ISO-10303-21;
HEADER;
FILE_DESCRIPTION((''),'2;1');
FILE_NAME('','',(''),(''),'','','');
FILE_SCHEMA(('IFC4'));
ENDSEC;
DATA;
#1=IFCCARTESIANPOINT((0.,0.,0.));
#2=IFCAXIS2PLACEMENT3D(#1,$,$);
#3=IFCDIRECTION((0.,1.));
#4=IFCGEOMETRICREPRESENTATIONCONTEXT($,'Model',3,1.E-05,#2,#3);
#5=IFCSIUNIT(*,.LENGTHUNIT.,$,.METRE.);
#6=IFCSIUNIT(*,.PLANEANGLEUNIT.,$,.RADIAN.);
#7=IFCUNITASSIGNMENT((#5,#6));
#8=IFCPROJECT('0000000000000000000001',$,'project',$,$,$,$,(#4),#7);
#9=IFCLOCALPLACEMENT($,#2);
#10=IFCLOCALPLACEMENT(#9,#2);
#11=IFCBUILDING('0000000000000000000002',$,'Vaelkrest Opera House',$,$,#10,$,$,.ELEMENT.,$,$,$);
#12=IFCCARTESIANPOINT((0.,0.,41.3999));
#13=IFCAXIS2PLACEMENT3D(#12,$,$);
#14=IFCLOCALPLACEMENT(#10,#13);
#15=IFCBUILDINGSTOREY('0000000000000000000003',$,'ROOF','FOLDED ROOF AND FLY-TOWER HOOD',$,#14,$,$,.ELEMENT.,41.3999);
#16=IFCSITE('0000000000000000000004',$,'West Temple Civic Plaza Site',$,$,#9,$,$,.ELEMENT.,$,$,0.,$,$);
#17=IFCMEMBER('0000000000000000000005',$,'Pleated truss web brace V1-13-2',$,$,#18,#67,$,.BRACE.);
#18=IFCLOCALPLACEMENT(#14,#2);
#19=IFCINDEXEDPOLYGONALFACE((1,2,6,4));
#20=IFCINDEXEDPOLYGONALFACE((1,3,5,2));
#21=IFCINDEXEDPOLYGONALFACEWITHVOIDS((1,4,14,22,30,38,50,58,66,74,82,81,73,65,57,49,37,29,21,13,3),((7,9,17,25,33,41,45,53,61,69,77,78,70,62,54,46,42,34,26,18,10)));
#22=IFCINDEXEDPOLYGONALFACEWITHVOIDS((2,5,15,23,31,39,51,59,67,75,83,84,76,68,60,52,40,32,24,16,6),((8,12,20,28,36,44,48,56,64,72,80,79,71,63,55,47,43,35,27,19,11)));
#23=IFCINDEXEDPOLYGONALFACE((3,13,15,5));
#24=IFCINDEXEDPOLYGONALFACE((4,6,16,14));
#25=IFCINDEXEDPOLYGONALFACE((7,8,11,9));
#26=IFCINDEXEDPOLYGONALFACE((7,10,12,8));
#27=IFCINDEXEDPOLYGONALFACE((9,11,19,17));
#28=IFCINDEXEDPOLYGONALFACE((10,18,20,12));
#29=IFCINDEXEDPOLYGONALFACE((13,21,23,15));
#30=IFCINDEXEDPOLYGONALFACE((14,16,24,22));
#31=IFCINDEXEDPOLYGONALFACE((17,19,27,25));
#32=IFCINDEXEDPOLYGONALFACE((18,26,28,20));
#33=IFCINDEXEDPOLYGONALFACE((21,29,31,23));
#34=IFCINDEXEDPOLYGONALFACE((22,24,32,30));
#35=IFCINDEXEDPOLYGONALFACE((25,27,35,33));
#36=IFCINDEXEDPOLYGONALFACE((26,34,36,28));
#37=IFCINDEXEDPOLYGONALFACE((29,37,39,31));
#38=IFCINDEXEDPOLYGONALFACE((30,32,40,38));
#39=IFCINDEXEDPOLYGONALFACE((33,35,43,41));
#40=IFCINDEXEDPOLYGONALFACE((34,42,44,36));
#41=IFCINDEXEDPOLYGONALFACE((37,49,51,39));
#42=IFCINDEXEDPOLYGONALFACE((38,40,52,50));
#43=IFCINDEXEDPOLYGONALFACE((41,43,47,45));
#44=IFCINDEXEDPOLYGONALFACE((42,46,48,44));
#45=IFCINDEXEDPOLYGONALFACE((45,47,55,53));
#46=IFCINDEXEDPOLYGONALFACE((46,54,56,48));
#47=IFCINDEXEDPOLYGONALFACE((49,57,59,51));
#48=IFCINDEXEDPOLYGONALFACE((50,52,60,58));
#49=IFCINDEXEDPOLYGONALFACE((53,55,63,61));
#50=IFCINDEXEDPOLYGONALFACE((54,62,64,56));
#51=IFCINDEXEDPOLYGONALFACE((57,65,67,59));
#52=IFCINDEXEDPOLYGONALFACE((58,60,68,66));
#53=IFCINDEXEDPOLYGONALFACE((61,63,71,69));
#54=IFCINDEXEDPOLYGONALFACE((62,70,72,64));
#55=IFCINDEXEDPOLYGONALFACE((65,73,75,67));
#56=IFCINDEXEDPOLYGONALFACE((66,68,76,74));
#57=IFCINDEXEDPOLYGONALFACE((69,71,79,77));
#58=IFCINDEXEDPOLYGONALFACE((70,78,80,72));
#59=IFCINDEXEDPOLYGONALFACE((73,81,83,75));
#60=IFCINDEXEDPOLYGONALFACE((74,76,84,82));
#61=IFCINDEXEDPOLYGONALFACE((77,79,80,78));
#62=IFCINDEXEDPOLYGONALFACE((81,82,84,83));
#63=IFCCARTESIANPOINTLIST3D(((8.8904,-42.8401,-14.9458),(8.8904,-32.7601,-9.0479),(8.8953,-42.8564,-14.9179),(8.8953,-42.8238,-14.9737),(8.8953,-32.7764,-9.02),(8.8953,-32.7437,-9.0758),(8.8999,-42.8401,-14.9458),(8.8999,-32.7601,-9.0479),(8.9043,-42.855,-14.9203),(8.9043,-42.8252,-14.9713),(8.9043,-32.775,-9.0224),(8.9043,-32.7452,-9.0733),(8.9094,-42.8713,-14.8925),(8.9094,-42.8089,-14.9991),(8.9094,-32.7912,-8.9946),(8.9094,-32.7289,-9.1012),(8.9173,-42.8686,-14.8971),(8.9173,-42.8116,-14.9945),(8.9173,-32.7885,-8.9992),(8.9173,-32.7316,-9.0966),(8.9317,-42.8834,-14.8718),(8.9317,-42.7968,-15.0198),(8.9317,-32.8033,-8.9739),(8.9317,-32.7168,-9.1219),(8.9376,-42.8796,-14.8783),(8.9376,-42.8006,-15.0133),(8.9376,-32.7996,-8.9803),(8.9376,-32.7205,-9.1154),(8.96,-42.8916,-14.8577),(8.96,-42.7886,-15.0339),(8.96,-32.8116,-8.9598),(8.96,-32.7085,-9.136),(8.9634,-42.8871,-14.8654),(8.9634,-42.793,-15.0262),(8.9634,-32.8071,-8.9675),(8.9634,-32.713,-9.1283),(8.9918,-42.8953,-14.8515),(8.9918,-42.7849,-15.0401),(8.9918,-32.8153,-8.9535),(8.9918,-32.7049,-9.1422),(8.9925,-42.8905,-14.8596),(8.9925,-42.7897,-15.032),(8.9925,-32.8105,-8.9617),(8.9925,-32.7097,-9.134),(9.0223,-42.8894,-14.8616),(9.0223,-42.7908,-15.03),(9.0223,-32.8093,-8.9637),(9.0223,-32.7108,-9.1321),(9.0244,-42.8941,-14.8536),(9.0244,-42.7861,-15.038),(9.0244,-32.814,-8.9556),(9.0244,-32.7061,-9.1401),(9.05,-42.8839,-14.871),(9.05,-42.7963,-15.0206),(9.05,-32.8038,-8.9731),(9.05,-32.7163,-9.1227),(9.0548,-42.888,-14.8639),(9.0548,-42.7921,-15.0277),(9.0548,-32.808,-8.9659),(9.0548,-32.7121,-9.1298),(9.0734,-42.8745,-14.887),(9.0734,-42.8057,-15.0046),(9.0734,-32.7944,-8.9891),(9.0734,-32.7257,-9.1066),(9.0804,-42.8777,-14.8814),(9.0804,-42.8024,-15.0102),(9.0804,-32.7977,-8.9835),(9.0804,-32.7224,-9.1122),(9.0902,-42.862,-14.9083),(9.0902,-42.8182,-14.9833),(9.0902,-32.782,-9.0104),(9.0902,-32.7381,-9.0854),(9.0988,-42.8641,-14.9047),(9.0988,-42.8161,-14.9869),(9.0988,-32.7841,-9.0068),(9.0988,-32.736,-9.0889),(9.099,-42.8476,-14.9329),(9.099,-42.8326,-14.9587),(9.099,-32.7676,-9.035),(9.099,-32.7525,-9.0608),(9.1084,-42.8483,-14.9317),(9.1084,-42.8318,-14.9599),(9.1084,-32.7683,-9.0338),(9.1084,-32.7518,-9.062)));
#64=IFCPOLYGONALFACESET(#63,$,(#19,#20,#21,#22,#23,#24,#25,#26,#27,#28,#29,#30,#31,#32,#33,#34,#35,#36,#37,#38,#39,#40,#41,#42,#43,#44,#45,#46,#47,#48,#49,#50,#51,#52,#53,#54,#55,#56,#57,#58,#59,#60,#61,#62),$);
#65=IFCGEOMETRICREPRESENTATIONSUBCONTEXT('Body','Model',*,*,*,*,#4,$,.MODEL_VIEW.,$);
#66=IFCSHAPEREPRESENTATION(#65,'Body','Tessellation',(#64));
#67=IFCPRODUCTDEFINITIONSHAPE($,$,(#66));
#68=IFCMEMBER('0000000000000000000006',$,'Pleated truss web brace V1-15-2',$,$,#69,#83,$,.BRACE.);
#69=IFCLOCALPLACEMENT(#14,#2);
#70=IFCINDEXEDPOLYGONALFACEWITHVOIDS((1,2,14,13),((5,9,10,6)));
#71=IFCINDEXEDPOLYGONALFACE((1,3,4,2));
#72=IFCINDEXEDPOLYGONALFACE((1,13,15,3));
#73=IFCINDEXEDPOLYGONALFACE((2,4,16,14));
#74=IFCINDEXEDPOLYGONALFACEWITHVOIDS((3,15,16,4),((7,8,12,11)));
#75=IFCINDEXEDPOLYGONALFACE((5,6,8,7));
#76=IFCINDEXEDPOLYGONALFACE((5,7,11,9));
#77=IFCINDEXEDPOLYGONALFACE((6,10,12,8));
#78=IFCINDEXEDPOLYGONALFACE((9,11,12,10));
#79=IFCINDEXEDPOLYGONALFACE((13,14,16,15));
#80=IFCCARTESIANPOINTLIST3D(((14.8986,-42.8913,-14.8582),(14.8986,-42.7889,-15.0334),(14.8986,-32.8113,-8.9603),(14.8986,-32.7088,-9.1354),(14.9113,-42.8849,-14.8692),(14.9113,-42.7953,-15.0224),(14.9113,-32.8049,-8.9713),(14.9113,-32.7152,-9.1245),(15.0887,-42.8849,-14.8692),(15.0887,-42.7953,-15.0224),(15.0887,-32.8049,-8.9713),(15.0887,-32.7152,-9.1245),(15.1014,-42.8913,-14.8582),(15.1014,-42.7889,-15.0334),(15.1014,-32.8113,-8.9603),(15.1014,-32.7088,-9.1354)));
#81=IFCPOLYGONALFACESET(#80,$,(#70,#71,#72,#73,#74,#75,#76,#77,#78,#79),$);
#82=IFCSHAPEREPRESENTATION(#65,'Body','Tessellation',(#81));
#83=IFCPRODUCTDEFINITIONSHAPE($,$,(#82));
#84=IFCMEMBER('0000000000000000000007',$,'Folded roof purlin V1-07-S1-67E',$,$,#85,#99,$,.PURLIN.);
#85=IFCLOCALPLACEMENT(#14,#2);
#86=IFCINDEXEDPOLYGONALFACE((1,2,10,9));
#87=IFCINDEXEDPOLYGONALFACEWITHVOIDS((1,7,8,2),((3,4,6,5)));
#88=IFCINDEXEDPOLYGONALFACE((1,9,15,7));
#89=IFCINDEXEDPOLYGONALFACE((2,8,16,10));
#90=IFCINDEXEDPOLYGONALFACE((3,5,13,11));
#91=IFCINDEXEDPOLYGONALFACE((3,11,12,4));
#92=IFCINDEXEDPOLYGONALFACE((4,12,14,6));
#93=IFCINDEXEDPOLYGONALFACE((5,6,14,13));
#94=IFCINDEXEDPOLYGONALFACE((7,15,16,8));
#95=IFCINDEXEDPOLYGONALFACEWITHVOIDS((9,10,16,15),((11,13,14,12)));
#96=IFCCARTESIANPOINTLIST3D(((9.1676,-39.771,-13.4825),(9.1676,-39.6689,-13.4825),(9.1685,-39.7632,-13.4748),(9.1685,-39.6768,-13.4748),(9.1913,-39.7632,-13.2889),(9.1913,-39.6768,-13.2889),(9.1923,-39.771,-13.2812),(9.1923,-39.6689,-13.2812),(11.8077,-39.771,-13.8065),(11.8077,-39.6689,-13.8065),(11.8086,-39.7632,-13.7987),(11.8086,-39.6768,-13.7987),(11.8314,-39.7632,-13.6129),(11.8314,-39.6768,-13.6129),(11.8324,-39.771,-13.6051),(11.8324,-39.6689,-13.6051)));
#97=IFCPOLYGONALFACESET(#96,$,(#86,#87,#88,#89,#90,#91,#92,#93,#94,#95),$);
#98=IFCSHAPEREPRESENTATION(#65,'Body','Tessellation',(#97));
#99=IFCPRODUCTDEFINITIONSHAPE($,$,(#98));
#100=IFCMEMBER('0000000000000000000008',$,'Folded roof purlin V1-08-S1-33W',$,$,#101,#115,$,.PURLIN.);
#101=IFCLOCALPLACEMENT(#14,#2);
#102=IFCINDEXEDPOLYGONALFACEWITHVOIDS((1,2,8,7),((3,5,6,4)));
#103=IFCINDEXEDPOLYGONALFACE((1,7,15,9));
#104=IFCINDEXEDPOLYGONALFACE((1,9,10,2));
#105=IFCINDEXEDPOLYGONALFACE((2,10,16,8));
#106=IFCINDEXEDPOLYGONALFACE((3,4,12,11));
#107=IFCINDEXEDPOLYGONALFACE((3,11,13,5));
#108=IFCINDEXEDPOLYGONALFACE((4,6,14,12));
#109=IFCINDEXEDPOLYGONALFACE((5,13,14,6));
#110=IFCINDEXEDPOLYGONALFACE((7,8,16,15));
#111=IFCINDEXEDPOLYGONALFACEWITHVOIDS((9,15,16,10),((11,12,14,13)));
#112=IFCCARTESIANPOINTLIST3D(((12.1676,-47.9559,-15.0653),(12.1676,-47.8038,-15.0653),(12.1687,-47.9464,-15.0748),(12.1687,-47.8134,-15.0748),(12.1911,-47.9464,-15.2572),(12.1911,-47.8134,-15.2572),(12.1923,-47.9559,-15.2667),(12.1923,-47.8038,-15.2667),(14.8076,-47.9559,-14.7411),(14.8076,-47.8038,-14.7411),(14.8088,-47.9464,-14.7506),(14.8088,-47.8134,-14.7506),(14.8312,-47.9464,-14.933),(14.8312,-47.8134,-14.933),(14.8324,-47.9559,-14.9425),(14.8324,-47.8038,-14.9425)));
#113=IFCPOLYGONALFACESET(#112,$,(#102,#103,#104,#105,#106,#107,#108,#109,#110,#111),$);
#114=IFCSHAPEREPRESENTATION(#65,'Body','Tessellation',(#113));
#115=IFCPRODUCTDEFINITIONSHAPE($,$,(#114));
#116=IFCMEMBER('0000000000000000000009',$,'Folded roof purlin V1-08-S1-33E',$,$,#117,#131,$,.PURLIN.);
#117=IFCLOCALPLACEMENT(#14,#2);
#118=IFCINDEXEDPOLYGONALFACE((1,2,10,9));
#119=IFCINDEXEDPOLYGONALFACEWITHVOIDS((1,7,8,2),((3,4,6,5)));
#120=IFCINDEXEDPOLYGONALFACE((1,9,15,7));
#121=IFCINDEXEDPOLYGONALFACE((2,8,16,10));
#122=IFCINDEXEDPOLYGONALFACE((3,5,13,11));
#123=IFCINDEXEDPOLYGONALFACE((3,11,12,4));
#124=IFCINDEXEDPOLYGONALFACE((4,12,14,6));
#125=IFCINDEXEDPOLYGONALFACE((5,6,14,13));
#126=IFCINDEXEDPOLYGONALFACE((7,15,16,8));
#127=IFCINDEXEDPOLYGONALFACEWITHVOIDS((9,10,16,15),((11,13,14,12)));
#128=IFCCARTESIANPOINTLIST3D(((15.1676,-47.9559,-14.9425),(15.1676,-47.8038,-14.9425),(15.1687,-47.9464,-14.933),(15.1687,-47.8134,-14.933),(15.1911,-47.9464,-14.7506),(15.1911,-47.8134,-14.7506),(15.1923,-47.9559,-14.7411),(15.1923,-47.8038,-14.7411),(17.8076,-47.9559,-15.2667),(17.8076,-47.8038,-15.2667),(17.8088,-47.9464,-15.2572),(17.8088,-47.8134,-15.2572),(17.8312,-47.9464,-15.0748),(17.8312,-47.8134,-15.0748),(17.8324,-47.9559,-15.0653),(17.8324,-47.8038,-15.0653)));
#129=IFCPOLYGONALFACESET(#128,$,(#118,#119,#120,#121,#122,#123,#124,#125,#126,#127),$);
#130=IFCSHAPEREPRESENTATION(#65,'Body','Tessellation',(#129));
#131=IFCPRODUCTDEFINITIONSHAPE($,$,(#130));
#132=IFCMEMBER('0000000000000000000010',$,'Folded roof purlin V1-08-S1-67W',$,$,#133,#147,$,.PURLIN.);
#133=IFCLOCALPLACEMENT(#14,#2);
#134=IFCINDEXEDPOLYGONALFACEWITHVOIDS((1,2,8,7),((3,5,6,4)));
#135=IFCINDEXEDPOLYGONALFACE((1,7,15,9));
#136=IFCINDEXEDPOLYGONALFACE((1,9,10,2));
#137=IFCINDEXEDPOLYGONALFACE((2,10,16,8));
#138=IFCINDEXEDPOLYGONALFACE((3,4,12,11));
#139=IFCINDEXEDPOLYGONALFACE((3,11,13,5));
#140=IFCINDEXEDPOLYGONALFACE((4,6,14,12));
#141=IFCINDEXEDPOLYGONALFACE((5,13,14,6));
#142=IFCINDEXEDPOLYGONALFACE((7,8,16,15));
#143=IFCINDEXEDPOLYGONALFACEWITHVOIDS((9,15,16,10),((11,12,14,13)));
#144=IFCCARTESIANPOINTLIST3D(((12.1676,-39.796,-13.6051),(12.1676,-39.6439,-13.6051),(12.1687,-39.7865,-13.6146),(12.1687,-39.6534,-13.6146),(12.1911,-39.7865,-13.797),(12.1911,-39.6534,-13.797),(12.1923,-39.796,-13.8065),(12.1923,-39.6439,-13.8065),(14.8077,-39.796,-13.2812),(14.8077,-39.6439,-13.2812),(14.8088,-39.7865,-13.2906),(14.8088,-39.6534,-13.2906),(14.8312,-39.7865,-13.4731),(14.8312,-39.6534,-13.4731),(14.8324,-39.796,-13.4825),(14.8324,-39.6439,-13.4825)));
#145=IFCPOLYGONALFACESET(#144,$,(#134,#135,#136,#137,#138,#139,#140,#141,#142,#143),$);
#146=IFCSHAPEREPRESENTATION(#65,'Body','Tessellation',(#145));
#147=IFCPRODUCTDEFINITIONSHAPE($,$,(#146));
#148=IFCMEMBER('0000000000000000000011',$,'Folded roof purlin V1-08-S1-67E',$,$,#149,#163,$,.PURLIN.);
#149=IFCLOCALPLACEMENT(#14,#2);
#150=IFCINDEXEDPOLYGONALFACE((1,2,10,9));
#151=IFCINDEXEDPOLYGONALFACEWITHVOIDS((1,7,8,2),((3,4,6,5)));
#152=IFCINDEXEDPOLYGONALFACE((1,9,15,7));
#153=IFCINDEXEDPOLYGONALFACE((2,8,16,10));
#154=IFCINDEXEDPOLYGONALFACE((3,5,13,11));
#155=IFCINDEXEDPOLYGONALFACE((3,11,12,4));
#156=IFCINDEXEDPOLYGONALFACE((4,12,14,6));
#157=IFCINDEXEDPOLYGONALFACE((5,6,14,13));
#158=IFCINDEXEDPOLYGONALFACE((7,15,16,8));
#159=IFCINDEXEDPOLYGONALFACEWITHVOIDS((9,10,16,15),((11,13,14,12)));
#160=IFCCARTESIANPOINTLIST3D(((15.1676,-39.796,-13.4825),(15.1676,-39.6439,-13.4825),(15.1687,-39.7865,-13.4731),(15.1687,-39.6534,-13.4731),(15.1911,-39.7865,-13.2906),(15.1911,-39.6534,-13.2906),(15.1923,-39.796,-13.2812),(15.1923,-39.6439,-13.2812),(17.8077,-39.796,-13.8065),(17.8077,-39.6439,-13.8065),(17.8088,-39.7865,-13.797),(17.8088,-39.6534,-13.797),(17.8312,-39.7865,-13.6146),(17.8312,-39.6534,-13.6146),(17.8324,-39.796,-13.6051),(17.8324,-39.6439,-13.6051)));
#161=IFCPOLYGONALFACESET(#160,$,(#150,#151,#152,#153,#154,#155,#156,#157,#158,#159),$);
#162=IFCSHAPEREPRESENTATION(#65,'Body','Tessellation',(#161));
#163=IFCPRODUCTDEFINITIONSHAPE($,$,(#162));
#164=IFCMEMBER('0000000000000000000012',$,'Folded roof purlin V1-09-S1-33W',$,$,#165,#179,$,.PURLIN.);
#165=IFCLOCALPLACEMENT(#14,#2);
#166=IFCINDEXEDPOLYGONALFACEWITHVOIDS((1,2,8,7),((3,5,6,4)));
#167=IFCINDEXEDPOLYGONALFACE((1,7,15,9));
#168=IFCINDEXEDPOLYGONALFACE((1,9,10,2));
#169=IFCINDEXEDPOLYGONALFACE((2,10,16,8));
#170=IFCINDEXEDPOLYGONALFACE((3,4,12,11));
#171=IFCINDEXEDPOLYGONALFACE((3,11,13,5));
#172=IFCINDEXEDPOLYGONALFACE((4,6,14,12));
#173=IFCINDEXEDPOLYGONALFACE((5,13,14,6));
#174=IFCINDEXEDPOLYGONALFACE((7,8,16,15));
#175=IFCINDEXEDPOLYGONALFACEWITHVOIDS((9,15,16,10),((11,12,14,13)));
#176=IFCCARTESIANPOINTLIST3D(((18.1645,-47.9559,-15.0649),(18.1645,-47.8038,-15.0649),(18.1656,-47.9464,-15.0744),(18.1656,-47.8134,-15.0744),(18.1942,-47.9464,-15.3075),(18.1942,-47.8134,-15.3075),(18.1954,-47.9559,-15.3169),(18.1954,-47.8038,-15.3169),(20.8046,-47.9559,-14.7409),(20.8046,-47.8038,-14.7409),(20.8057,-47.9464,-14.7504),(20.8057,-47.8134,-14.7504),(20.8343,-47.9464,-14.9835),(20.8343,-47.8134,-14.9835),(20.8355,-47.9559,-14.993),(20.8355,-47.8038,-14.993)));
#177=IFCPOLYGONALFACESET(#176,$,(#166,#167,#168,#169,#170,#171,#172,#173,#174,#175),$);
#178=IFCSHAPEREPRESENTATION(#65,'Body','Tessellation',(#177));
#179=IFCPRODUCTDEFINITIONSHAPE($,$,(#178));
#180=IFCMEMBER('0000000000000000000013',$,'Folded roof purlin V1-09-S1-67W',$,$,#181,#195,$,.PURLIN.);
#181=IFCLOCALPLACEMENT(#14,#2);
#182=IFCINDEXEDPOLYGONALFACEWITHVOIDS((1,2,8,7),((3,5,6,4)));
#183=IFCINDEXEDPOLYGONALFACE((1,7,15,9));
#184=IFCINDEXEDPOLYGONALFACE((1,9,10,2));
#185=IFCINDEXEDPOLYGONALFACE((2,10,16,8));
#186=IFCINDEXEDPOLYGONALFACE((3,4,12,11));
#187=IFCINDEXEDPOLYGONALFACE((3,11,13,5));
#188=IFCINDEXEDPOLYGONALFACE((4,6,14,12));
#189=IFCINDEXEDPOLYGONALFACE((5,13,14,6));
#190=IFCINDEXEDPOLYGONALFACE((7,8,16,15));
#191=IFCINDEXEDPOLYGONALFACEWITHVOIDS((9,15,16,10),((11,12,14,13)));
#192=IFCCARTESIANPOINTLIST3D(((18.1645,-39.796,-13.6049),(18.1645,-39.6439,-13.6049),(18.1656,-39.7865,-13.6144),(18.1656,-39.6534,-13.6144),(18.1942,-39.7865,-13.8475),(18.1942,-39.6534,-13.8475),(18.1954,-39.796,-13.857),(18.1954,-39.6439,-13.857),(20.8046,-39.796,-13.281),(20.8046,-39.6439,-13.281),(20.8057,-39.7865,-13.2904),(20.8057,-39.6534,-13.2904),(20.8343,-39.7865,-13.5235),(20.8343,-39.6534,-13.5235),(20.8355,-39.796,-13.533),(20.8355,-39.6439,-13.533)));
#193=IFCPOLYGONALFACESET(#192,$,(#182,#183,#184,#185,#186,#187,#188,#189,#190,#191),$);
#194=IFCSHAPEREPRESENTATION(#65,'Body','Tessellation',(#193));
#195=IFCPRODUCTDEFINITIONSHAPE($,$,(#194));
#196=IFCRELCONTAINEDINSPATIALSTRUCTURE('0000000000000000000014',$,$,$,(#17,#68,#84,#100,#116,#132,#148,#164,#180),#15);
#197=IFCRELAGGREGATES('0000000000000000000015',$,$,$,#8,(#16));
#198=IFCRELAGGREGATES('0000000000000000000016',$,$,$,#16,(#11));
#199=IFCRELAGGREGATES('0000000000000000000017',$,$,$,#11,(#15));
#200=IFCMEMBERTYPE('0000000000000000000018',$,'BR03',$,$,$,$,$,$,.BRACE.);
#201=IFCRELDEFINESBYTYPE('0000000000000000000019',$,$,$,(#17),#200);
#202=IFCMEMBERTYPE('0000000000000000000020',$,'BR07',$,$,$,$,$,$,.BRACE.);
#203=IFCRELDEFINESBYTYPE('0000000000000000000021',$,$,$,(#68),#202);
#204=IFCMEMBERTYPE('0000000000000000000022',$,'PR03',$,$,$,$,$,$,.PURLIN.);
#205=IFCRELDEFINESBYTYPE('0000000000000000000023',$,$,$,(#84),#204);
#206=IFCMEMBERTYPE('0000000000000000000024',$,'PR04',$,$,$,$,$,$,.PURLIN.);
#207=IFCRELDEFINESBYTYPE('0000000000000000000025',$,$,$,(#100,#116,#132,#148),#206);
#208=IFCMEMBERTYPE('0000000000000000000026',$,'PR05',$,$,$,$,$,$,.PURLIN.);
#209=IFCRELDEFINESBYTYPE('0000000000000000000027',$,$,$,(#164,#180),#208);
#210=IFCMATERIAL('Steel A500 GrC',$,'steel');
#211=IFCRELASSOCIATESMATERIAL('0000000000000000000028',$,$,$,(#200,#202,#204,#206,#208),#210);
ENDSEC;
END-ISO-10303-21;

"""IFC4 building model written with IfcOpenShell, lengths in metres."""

from ifc_helpers import new_model, si_unit, direction, frame, origin, origin_2d, place, context, subcontext, project, spatial, hollow_rectangle, hollow_circle, extrude, material, material_profile, profile_set, type_object, element, save


model = new_model("IFC4")

# Units and contexts
model_context = context("Model", 3, precision=1e-05, world=origin(), true_north=direction((0.0, 1.0)))
body_context = subcontext(model_context, "Body", "Model", "MODEL_VIEW")
ifc_project = project(units=[si_unit("LENGTHUNIT", "METRE"), si_unit("PLANEANGLEUNIT", "RADIAN")], contexts=[model_context])

# Site, building, storey
site_placement = place(None, origin())
site = spatial("IfcSite", under=ifc_project, at=site_placement, Name="West Temple Civic Plaza Site", CompositionType="ELEMENT", RefElevation=0.0)
building_placement = place(site_placement, origin())
building = spatial("IfcBuilding", under=site, at=building_placement, Name="Vaelkrest Opera House", CompositionType="ELEMENT")
storey_placement = place(building_placement, frame((0.0, 0.0, 41.3999)))
storey = spatial("IfcBuildingStorey", under=building, at=storey_placement, Name="ROOF", Description="FOLDED ROOF AND FLY-TOWER HOOD", CompositionType="ELEMENT", Elevation=41.3999)

# Members
ifc_material_1 = material(Name="Steel A500 GrC", Category="steel")
ifc_material_profile_1 = material_profile(ifc_material_1, hollow_circle(Radius=0.1096, WallThickness=0.0095, at=origin_2d()), Name="HSS219.1X9.5")
ifc_profile_set_1 = profile_set([ifc_material_profile_1], Name="Steel A500 GrC")
member_type_1 = type_object("IfcMemberType", Name="BR03", PredefinedType="BRACE", material=ifc_profile_set_1)
member_1_placement = place(storey_placement, frame((9.0, -42.8401, -14.9458), z_axis=(0.0, 0.863111, 0.505014), x_axis=(-1.0, 0.0, 0.0)))
element("IfcMember", 1, at=member_1_placement, inside=storey, type_object=member_type_1, Name="Pleated truss web brace V1-13-2", PredefinedType="BRACE", context=body_context, shape_type="SweptSolid", body=[
    extrude(hollow_circle(Radius=0.1096, WallThickness=0.0095, at=origin_2d()), origin(), (0.0, 0.0, 1.0), 11.6787),
])
ifc_material_profile_2 = material_profile(ifc_material_1, hollow_rectangle(XDim=0.2029, YDim=0.2029, WallThickness=0.0127, at=origin_2d()), Name="HSS203X203X12.7")
ifc_profile_set_2 = profile_set([ifc_material_profile_2], Name="Steel A500 GrC")
member_type_2 = type_object("IfcMemberType", Name="BR07", PredefinedType="BRACE", material=ifc_profile_set_2)
member_2_placement = place(storey_placement, frame((15.0, -42.8401, -14.9458), z_axis=(0.0, 0.863111, 0.505014), x_axis=(-1.0, 0.0, 0.0)))
element("IfcMember", 2, at=member_2_placement, inside=storey, type_object=member_type_2, Name="Pleated truss web brace V1-15-2", PredefinedType="BRACE", context=body_context, shape_type="SweptSolid", body=[
    extrude(hollow_rectangle(XDim=0.2029, YDim=0.2029, WallThickness=0.0127, at=origin_2d()), origin(), (0.0, 0.0, 1.0), 11.6787),
])
ifc_material_profile_3 = material_profile(ifc_material_1, hollow_rectangle(XDim=0.1021, YDim=0.2029, WallThickness=0.0078, at=origin_2d()), Name="HSS203X102X8")
ifc_profile_set_3 = profile_set([ifc_material_profile_3], Name="Steel A500 GrC")
member_type_3 = type_object("IfcMemberType", Name="PR03", PredefinedType="PURLIN", material=ifc_profile_set_3)
member_3_placement = place(storey_placement, frame((9.1799, -39.72, -13.3818), z_axis=(0.992555, 0.0, -0.121798), x_axis=(0.0, 1.0, 0.0)))
element("IfcMember", 3, at=member_3_placement, inside=storey, type_object=member_type_3, Name="Folded roof purlin V1-07-S1-67E", PredefinedType="PURLIN", context=body_context, shape_type="SweptSolid", body=[
    extrude(hollow_rectangle(XDim=0.1021, YDim=0.2029, WallThickness=0.0078, at=origin_2d()), origin(), (0.0, 0.0, 1.0), 2.6599),
])
ifc_material_profile_4 = material_profile(ifc_material_1, hollow_rectangle(XDim=0.1521, YDim=0.2029, WallThickness=0.0095, at=origin_2d()), Name="HSS203X152X9.5")
ifc_profile_set_4 = profile_set([ifc_material_profile_4], Name="Steel A500 GrC")
member_type_4 = type_object("IfcMemberType", Name="PR04", PredefinedType="PURLIN", material=ifc_profile_set_4)
for number, where, z_axis, x_axis, name in (
    (4, (12.1799, -47.8799, -15.166), (0.992544, 0.0, 0.121888), (0.0, 1.0, 0.0), "Folded roof purlin V1-08-S1-33W"),
    (5, (15.1799, -47.8799, -14.8418), (0.992544, 0.0, -0.121888), (0.0, 1.0, 0.0), "Folded roof purlin V1-08-S1-33E"),
    (6, (12.1799, -39.72, -13.7058), (0.992555, 0.0, 0.121798), (0.0, 1.0, 0.0), "Folded roof purlin V1-08-S1-67W"),
    (7, (15.1799, -39.72, -13.3818), (0.992555, 0.0, -0.121798), (0.0, 1.0, 0.0), "Folded roof purlin V1-08-S1-67E"),
):
    element("IfcMember", number, at=place(storey_placement, frame(where, z_axis=z_axis, x_axis=x_axis)), inside=storey, type_object=member_type_4, Name=name, PredefinedType="PURLIN", context=body_context, shape_type="SweptSolid", body=[
        extrude(hollow_rectangle(XDim=0.1521, YDim=0.2029, WallThickness=0.0095, at=origin_2d()), origin(), (0.0, 0.0, 1.0), 2.6599),
    ])
ifc_material_profile_5 = material_profile(ifc_material_1, hollow_rectangle(XDim=0.1521, YDim=0.2539, WallThickness=0.0095, at=origin_2d()), Name="HSS254X152X9.5")
ifc_profile_set_5 = profile_set([ifc_material_profile_5], Name="Steel A500 GrC")
member_type_5 = type_object("IfcMemberType", Name="PR05", PredefinedType="PURLIN", material=ifc_profile_set_5)
for number, where, z_axis, x_axis, name in (
    (8, (18.1799, -47.8799, -15.1909), (0.992555, 0.0, 0.121798), (0.0, 1.0, 0.0), "Folded roof purlin V1-09-S1-33W"),
    (9, (18.1799, -39.72, -13.731), (0.992555, 0.0, 0.121798), (0.0, 1.0, 0.0), "Folded roof purlin V1-09-S1-67W"),
):
    element("IfcMember", number, at=place(storey_placement, frame(where, z_axis=z_axis, x_axis=x_axis)), inside=storey, type_object=member_type_5, Name=name, PredefinedType="PURLIN", context=body_context, shape_type="SweptSolid", body=[
        extrude(hollow_rectangle(XDim=0.1521, YDim=0.2539, WallThickness=0.0095, at=origin_2d()), origin(), (0.0, 0.0, 1.0), 2.6599),
    ])

save(model, "model.ifc")
